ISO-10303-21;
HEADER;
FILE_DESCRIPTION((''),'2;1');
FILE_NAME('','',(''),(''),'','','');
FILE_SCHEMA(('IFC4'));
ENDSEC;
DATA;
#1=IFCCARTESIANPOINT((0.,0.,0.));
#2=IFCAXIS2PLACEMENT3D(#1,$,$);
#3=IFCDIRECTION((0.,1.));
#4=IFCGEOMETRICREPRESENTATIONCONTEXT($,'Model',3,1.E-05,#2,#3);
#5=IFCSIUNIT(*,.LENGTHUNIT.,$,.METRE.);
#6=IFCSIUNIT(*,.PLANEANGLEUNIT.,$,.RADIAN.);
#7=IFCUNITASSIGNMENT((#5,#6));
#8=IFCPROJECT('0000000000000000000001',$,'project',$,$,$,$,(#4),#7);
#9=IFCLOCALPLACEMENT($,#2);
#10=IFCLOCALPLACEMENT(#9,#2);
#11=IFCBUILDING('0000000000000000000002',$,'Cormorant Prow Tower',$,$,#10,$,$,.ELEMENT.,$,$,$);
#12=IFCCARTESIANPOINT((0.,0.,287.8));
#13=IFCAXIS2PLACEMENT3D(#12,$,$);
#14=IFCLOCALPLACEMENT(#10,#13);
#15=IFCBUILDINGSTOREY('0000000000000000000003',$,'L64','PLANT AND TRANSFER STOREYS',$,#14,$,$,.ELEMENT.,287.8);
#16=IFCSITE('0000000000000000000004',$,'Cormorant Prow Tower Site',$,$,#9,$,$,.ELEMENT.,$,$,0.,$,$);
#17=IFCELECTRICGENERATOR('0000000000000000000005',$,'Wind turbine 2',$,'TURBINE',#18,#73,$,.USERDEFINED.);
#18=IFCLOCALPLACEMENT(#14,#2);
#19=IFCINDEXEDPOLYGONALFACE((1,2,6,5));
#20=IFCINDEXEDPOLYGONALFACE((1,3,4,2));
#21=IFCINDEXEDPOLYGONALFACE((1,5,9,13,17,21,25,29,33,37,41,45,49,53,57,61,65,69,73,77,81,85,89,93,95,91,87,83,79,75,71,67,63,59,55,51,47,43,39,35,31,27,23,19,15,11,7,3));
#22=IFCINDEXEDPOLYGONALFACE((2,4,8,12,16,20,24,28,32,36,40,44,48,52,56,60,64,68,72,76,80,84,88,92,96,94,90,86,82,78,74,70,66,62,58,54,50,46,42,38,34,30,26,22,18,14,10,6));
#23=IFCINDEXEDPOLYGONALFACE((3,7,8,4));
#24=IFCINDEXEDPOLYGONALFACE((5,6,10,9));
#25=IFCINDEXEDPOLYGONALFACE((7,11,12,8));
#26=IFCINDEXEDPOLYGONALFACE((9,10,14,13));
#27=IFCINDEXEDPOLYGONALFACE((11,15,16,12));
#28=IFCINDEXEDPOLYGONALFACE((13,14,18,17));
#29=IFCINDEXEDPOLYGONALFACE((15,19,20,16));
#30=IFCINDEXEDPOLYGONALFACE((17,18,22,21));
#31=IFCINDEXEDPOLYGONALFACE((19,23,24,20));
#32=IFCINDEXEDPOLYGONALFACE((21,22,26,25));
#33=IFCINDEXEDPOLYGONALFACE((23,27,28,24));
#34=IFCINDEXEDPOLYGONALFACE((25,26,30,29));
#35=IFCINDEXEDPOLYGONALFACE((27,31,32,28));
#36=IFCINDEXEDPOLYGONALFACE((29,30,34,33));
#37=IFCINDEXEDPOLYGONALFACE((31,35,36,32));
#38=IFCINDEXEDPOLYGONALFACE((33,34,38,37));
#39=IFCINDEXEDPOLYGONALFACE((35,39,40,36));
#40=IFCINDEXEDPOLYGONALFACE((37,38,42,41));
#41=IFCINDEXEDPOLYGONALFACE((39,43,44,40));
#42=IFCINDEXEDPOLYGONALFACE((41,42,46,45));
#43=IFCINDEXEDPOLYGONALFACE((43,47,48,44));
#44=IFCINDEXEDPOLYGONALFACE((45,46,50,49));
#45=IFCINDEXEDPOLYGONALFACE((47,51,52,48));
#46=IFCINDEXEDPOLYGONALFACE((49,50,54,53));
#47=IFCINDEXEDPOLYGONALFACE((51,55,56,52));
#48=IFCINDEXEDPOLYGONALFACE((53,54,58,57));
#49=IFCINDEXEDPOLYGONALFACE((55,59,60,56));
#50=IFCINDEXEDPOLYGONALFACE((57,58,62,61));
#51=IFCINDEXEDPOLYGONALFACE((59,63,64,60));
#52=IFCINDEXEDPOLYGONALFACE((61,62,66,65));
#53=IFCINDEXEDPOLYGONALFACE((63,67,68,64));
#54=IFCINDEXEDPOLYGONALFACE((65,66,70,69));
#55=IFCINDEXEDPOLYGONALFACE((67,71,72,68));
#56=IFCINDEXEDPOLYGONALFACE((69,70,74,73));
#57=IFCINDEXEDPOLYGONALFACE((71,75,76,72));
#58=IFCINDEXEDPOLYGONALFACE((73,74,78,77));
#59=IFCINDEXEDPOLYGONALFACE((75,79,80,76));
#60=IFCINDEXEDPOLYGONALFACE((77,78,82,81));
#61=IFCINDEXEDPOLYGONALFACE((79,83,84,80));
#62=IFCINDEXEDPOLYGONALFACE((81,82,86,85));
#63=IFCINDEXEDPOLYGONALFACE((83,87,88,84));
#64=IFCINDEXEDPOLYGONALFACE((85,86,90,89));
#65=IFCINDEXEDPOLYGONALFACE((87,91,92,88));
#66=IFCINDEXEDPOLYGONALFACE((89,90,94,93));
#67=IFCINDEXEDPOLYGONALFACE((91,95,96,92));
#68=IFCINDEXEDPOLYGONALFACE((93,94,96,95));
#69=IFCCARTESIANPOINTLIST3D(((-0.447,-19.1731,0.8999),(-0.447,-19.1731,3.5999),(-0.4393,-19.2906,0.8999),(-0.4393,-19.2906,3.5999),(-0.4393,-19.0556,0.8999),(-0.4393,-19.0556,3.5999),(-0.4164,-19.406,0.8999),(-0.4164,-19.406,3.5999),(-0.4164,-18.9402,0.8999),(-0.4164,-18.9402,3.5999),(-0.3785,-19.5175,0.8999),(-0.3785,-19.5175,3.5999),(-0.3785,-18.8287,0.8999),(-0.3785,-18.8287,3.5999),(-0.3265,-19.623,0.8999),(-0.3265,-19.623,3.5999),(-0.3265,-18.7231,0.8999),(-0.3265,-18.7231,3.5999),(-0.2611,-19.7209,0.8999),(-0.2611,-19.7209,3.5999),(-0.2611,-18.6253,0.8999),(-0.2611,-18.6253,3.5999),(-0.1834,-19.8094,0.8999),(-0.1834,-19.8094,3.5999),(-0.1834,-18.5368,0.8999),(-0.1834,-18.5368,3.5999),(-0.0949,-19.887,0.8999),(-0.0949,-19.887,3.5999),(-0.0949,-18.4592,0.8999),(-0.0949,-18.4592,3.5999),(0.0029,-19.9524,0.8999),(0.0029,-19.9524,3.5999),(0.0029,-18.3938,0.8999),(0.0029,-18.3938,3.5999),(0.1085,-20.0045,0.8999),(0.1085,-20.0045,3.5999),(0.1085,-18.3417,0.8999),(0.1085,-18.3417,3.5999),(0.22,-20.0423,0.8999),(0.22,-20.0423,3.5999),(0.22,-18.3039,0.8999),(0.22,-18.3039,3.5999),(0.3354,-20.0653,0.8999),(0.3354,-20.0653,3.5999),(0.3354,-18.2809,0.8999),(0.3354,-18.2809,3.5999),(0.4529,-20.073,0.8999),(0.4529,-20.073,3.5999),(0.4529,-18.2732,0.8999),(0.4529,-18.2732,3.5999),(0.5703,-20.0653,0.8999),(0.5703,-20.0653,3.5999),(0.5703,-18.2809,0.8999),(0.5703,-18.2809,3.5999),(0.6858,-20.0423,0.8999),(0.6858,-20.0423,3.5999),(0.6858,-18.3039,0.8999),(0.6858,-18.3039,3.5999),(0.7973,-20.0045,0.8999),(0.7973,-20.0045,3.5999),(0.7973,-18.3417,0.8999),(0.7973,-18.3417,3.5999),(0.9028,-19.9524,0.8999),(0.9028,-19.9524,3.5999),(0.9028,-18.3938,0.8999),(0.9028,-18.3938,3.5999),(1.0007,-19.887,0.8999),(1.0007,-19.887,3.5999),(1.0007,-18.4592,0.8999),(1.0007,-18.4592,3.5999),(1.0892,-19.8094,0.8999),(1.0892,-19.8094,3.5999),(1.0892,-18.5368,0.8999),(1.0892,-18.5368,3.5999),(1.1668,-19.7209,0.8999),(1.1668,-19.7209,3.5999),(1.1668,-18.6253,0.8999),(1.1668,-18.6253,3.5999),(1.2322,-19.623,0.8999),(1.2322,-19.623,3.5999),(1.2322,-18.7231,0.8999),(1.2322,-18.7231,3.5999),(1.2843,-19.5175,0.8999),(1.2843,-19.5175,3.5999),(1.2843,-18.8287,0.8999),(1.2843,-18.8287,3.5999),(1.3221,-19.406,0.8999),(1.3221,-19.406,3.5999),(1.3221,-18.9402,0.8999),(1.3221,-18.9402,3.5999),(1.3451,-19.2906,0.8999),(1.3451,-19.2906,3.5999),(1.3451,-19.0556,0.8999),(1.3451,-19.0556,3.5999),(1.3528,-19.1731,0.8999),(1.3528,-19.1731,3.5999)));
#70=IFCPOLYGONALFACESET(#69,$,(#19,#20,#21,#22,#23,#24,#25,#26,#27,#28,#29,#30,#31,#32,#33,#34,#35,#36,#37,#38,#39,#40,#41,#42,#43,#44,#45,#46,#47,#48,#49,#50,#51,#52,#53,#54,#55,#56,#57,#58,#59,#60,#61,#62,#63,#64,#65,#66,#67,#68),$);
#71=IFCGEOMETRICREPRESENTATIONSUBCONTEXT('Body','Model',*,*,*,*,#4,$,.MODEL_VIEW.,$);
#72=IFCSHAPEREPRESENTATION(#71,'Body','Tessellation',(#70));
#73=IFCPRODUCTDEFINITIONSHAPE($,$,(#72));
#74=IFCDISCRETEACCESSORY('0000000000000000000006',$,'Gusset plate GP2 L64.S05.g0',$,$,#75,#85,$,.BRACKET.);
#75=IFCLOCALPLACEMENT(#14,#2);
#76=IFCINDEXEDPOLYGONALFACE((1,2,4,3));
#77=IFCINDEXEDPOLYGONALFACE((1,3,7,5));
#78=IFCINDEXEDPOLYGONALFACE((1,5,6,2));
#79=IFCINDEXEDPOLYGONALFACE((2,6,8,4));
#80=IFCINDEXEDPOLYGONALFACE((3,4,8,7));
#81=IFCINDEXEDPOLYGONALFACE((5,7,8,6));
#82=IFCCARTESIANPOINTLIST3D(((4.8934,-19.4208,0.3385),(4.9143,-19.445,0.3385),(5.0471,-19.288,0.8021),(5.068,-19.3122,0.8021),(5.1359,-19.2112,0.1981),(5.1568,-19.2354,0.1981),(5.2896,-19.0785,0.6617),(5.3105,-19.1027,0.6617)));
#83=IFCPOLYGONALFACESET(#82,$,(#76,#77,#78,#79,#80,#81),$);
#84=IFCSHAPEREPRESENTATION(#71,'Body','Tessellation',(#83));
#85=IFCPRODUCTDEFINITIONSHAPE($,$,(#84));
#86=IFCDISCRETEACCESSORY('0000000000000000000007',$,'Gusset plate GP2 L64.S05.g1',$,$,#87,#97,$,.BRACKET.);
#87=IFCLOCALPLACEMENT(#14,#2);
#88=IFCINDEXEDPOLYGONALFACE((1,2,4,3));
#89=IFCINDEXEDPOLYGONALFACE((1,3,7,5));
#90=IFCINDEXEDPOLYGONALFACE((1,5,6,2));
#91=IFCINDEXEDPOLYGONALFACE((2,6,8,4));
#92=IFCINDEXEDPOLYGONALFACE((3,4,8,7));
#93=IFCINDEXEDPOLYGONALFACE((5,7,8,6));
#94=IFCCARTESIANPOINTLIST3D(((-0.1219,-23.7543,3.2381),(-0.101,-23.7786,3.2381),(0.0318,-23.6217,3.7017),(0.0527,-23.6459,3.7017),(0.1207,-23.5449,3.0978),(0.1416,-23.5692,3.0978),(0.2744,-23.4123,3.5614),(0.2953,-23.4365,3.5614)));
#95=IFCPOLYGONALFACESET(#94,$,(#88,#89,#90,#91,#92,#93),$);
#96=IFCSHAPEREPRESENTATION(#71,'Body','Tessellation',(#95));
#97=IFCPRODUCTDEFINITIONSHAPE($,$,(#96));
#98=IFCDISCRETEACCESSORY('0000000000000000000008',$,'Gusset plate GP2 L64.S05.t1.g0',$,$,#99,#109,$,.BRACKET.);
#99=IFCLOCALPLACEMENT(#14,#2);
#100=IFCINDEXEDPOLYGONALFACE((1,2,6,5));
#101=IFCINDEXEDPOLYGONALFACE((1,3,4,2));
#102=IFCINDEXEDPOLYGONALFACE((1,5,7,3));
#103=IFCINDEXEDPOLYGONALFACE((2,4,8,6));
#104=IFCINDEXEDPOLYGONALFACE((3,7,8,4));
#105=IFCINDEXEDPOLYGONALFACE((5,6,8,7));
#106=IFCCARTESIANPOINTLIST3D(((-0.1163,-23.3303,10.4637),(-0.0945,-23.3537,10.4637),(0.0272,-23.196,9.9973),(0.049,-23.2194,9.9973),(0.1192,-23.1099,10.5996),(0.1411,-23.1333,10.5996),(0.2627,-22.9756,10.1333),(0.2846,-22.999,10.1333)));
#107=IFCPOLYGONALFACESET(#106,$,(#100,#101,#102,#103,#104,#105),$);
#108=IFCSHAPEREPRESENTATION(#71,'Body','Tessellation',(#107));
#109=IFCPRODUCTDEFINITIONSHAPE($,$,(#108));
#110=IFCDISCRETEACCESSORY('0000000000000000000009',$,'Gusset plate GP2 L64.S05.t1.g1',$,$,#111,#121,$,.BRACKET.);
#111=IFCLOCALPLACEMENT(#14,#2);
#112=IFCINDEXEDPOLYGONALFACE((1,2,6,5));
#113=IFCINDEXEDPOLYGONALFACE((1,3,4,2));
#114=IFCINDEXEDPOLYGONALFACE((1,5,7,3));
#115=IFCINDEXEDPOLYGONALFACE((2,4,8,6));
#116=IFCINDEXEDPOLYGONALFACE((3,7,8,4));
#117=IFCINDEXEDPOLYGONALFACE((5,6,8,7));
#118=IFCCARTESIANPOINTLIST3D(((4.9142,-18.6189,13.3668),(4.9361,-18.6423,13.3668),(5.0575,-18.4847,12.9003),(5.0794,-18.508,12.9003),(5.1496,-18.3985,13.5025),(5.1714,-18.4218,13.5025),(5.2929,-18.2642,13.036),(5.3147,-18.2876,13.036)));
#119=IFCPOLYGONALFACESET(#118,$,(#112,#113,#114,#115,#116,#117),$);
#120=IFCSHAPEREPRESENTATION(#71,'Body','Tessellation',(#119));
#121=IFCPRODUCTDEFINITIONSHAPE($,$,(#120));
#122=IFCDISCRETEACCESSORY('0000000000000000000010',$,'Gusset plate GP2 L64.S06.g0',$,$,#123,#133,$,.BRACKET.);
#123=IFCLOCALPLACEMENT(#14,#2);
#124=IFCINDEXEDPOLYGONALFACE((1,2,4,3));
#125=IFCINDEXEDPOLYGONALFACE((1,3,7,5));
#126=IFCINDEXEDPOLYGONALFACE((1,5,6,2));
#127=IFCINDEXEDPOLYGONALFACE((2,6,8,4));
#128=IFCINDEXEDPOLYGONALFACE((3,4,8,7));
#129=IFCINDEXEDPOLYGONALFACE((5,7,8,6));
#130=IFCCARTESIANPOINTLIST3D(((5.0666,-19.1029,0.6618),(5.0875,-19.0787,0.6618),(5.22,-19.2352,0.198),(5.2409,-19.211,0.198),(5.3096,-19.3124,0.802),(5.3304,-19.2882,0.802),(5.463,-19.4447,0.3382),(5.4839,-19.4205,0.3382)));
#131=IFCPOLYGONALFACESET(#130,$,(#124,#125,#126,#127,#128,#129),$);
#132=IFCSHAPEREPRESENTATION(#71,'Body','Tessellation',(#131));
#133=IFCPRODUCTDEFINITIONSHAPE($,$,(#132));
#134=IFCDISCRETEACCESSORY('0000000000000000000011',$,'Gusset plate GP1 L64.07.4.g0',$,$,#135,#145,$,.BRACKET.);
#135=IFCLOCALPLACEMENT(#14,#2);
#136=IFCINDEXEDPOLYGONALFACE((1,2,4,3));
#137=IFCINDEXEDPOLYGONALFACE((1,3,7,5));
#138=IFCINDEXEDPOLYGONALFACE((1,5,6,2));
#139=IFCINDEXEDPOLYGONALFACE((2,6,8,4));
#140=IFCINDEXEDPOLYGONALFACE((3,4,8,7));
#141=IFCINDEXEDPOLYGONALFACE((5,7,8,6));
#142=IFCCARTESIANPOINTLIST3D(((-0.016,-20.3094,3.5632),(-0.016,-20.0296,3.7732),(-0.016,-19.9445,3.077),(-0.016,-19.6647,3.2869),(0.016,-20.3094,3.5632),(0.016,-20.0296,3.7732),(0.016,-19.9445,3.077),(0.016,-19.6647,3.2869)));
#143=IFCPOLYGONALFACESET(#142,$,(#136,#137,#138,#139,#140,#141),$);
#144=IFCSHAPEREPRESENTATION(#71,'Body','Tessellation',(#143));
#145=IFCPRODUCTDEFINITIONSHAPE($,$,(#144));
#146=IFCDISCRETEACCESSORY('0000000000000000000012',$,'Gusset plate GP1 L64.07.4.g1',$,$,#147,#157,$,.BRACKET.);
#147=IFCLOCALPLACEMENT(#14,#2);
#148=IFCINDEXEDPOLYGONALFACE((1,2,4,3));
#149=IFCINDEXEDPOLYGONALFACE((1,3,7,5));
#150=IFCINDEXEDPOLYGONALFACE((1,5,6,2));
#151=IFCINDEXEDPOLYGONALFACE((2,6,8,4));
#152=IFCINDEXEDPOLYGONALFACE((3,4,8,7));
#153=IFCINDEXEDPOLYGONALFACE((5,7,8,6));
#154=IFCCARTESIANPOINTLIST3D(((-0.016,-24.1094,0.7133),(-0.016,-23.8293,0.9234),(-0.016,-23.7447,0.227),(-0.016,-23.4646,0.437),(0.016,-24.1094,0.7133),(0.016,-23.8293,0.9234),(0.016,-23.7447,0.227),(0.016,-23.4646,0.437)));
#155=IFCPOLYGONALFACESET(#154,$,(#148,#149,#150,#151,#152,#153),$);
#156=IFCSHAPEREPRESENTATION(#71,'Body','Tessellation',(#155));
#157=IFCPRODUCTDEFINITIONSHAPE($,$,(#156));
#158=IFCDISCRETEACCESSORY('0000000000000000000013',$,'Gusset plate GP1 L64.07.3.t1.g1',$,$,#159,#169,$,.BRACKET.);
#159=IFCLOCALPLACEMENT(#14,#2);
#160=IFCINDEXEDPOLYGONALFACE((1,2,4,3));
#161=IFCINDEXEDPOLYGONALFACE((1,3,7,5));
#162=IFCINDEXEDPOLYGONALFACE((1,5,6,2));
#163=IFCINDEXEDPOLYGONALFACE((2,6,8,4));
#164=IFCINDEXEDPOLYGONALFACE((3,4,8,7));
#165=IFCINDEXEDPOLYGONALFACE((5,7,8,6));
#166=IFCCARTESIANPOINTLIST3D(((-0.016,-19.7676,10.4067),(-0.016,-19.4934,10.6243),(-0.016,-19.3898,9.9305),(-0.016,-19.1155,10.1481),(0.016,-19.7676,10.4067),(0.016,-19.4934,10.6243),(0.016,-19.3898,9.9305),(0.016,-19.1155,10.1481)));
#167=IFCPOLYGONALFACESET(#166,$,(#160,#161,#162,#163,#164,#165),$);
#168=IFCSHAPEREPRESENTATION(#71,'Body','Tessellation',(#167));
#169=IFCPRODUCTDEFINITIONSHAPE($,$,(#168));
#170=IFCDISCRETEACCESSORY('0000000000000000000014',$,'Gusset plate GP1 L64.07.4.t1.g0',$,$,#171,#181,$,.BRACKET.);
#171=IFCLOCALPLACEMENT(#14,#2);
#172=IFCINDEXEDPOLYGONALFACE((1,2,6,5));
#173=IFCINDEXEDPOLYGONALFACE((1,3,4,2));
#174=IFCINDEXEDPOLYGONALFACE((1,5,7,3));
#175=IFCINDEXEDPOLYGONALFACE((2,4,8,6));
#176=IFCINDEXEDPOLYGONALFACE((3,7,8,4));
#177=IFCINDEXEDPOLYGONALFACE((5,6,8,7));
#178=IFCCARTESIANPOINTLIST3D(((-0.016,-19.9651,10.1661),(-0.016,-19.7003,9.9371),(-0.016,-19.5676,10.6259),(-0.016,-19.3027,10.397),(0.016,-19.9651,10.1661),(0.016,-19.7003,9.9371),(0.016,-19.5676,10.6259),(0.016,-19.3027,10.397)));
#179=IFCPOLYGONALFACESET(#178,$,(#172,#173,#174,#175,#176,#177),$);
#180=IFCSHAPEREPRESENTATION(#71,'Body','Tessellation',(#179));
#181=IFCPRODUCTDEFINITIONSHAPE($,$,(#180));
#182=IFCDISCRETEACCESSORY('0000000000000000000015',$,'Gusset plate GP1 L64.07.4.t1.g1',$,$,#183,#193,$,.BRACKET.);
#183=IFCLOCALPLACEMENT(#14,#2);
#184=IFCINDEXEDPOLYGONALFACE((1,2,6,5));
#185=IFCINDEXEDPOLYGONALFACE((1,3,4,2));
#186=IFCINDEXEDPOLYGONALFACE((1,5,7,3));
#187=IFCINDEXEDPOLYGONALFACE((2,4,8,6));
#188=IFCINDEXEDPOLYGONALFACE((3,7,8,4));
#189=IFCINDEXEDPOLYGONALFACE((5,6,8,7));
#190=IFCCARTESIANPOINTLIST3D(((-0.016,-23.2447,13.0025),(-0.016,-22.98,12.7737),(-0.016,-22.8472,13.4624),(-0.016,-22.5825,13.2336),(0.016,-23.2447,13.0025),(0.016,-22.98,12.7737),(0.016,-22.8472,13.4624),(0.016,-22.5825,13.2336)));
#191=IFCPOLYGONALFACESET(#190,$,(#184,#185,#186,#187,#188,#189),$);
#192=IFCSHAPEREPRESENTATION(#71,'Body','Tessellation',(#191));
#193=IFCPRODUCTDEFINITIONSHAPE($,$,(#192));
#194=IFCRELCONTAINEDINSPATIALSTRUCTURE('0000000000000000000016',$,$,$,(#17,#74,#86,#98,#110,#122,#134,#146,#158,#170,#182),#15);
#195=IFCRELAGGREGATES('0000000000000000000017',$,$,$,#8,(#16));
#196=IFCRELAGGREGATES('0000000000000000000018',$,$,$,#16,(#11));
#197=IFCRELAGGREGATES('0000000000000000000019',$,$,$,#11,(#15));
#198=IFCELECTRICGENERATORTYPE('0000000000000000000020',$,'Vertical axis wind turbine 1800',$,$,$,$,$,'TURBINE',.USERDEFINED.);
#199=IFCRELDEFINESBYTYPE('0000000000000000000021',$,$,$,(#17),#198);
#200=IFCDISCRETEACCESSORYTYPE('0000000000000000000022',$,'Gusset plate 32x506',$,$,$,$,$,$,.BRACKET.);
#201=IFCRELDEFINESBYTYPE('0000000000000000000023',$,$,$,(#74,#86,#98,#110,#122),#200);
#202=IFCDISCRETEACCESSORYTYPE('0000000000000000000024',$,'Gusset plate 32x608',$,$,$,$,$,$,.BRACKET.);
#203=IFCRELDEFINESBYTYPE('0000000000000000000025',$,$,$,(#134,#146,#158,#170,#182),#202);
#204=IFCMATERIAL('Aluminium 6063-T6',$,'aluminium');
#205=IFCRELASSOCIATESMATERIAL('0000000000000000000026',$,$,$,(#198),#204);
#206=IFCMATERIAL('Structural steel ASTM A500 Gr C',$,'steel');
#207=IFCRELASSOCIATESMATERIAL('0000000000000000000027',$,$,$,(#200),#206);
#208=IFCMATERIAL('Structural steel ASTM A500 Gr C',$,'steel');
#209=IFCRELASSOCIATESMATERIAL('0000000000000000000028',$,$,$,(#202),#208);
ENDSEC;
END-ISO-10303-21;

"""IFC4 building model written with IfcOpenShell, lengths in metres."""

from ifc_helpers import new_model, si_unit, direction, frame, origin, origin_2d, place, context, subcontext, project, spatial, rectangle, circle, extrude, material, material_profile, profile_set, type_object, element, save


model = new_model("IFC4")

# Units and contexts
model_context = context("Model", 3, precision=1e-05, world=origin(), true_north=direction((0.0, 1.0)))
body_context = subcontext(model_context, "Body", "Model", "MODEL_VIEW")
ifc_project = project(units=[si_unit("LENGTHUNIT", "METRE"), si_unit("PLANEANGLEUNIT", "RADIAN")], contexts=[model_context])

# Site, building, storey
site_placement = place(None, origin())
site = spatial("IfcSite", under=ifc_project, at=site_placement, Name="Cormorant Prow Tower Site", CompositionType="ELEMENT", RefElevation=0.0)
building_placement = place(site_placement, origin())
building = spatial("IfcBuilding", under=site, at=building_placement, Name="Cormorant Prow Tower", CompositionType="ELEMENT")
storey_placement = place(building_placement, frame((0.0, 0.0, 287.8)))
storey = spatial("IfcBuildingStorey", under=building, at=storey_placement, Name="L64", Description="PLANT AND TRANSFER STOREYS", CompositionType="ELEMENT", Elevation=287.8)

# Electric generator
ifc_material_1 = material(Name="Aluminium 6063-T6", Category="aluminium")
ifc_material_profile_1 = material_profile(ifc_material_1, circle(Radius=0.8999, at=origin_2d()), Name="Vertical axis wind turbine 1800")
ifc_profile_set_1 = profile_set([ifc_material_profile_1], Name="Aluminium 6063-T6")
electric_generator_type = type_object("IfcElectricGeneratorType", Name="Vertical axis wind turbine 1800", ElementType="TURBINE", PredefinedType="USERDEFINED", material=ifc_profile_set_1)
electric_generator_placement = place(storey_placement, frame((0.4529, -19.1731, 0.8999), z_axis=(0.0, 0.0, 1.0), x_axis=(1.0, 0.0, 0.0)))
element("IfcElectricGenerator", 1, at=electric_generator_placement, inside=storey, type_object=electric_generator_type, Name="Wind turbine 2", ObjectType="TURBINE", PredefinedType="USERDEFINED", context=body_context, shape_type="SweptSolid", body=[
    extrude(circle(Radius=0.8999, at=origin_2d()), origin(), (0.0, 0.0, 1.0), 2.7),
])

# Discrete accessories
ifc_material_2 = material(Name="Structural steel ASTM A500 Gr C", Category="steel")
ifc_material_profile_2 = material_profile(ifc_material_2, rectangle(XDim=0.032, YDim=0.5061, at=origin_2d()), Name="Gusset plate 32x506")
ifc_profile_set_2 = profile_set([ifc_material_profile_2], Name="Structural steel ASTM A500 Gr C")
discrete_accessory_type_1 = type_object("IfcDiscreteAccessoryType", Name="Gusset plate 32x506", PredefinedType="BRACKET", material=ifc_profile_set_2)
for number, where, z_axis, x_axis, name in (
    (2, (4.9807, -19.3665, 0.5703), (0.693062, 0.598839, -0.40132), (-0.653798, 0.756669, 0.0), "Gusset plate GP2 L64.S05.g0"),
    (3, (0.208, -23.4907, 3.3296), (-0.693424, -0.598549, 0.401126), (0.653422, -0.756994, 0.0), "Gusset plate GP2 L64.S05.g1"),
):
    element("IfcDiscreteAccessory", number, at=place(storey_placement, frame(where, z_axis=z_axis, x_axis=x_axis)), inside=storey, type_object=discrete_accessory_type_1, Name=name, PredefinedType="BRACKET", context=body_context, shape_type="SweptSolid", body=[
        extrude(rectangle(XDim=0.032, YDim=0.5061, at=origin_2d()), origin(), (0.0, 0.0, 1.0), 0.3499),
    ])
discrete_accessory_1_placement = place(storey_placement, frame((0.2019, -23.0544, 10.3665), z_axis=(-0.672857, -0.629626, -0.388374), x_axis=(0.683261, -0.730174, 0.0)))
element("IfcDiscreteAccessory", 4, at=discrete_accessory_1_placement, inside=storey, type_object=discrete_accessory_type_1, Name="Gusset plate GP2 L64.S05.t1.g0", PredefinedType="BRACKET", context=body_context, shape_type="SweptSolid", body=[
    extrude(rectangle(XDim=0.032, YDim=0.5061, at=origin_2d()), origin(), (0.0, 0.0, 1.0), 0.3501),
])
discrete_accessory_2_placement = place(storey_placement, frame((4.9968, -18.5635, 13.1335), z_axis=(0.672657, 0.630093, 0.387964), x_axis=(-0.683639, 0.72982, 0.0)))
element("IfcDiscreteAccessory", 5, at=discrete_accessory_2_placement, inside=storey, type_object=discrete_accessory_type_1, Name="Gusset plate GP2 L64.S05.t1.g1", PredefinedType="BRACKET", context=body_context, shape_type="SweptSolid", body=[
    extrude(rectangle(XDim=0.032, YDim=0.5061, at=origin_2d()), origin(), (0.0, 0.0, 1.0), 0.3499),
])
discrete_accessory_3_placement = place(storey_placement, frame((5.3967, -19.3665, 0.5701), z_axis=(-0.69398, 0.598427, -0.400346), x_axis=(-0.653045, -0.757319, 0.0)))
element("IfcDiscreteAccessory", 6, at=discrete_accessory_3_placement, inside=storey, type_object=discrete_accessory_type_1, Name="Gusset plate GP2 L64.S06.g0", PredefinedType="BRACKET", context=body_context, shape_type="SweptSolid", body=[
    extrude(rectangle(XDim=0.032, YDim=0.5061, at=origin_2d()), origin(), (0.0, 0.0, 1.0), 0.3501),
])
ifc_material_3 = material(Name="Structural steel ASTM A500 Gr C", Category="steel")
ifc_material_profile_3 = material_profile(ifc_material_3, rectangle(XDim=0.032, YDim=0.6079, at=origin_2d()), Name="Gusset plate 32x608")
ifc_profile_set_3 = profile_set([ifc_material_profile_3], Name="Structural steel ASTM A500 Gr C")
discrete_accessory_type_2 = type_object("IfcDiscreteAccessoryType", Name="Gusset plate 32x608", PredefinedType="BRACKET", material=ifc_profile_set_3)
discrete_accessory_4_placement = place(storey_placement, frame((0.0, -20.127, 3.3201), z_axis=(0.0, 0.799832, 0.600223), x_axis=(-1.0, 0.0, 0.0)))
element("IfcDiscreteAccessory", 7, at=discrete_accessory_4_placement, inside=storey, type_object=discrete_accessory_type_2, Name="Gusset plate GP1 L64.07.4.g0", PredefinedType="BRACKET", context=body_context, shape_type="SweptSolid", body=[
    extrude(rectangle(XDim=0.032, YDim=0.6079, at=origin_2d()), origin(), (0.0, 0.0, 1.0), 0.3499),
])
for number, where, z_axis, x_axis, name in (
    (8, (0.0, -23.647, 0.6802), (0.0, -0.800084, -0.599888), (1.0, 0.0, 0.0), "Gusset plate GP1 L64.07.4.g1"),
    (9, (0.0, -19.3044, 10.3862), (0.0, -0.783381, -0.621542), (1.0, 0.0, 0.0), "Gusset plate GP1 L64.07.3.t1.g1"),
    (10, (0.0, -19.7664, 10.396), (0.0, 0.756494, -0.654001), (-1.0, 0.0, 0.0), "Gusset plate GP1 L64.07.4.t1.g0"),
):
    element("IfcDiscreteAccessory", number, at=place(storey_placement, frame(where, z_axis=z_axis, x_axis=x_axis)), inside=storey, type_object=discrete_accessory_type_2, Name=name, PredefinedType="BRACKET", context=body_context, shape_type="SweptSolid", body=[
        extrude(rectangle(XDim=0.032, YDim=0.6079, at=origin_2d()), origin(), (0.0, 0.0, 1.0), 0.3501),
    ])
discrete_accessory_5_placement = place(storey_placement, frame((0.0, -22.7812, 13.0037), z_axis=(0.0, -0.75654, 0.653947), x_axis=(1.0, 0.0, 0.0)))
element("IfcDiscreteAccessory", 11, at=discrete_accessory_5_placement, inside=storey, type_object=discrete_accessory_type_2, Name="Gusset plate GP1 L64.07.4.t1.g1", PredefinedType="BRACKET", context=body_context, shape_type="SweptSolid", body=[
    extrude(rectangle(XDim=0.032, YDim=0.6079, at=origin_2d()), origin(), (0.0, 0.0, 1.0), 0.3499),
])

save(model, "model.ifc")
